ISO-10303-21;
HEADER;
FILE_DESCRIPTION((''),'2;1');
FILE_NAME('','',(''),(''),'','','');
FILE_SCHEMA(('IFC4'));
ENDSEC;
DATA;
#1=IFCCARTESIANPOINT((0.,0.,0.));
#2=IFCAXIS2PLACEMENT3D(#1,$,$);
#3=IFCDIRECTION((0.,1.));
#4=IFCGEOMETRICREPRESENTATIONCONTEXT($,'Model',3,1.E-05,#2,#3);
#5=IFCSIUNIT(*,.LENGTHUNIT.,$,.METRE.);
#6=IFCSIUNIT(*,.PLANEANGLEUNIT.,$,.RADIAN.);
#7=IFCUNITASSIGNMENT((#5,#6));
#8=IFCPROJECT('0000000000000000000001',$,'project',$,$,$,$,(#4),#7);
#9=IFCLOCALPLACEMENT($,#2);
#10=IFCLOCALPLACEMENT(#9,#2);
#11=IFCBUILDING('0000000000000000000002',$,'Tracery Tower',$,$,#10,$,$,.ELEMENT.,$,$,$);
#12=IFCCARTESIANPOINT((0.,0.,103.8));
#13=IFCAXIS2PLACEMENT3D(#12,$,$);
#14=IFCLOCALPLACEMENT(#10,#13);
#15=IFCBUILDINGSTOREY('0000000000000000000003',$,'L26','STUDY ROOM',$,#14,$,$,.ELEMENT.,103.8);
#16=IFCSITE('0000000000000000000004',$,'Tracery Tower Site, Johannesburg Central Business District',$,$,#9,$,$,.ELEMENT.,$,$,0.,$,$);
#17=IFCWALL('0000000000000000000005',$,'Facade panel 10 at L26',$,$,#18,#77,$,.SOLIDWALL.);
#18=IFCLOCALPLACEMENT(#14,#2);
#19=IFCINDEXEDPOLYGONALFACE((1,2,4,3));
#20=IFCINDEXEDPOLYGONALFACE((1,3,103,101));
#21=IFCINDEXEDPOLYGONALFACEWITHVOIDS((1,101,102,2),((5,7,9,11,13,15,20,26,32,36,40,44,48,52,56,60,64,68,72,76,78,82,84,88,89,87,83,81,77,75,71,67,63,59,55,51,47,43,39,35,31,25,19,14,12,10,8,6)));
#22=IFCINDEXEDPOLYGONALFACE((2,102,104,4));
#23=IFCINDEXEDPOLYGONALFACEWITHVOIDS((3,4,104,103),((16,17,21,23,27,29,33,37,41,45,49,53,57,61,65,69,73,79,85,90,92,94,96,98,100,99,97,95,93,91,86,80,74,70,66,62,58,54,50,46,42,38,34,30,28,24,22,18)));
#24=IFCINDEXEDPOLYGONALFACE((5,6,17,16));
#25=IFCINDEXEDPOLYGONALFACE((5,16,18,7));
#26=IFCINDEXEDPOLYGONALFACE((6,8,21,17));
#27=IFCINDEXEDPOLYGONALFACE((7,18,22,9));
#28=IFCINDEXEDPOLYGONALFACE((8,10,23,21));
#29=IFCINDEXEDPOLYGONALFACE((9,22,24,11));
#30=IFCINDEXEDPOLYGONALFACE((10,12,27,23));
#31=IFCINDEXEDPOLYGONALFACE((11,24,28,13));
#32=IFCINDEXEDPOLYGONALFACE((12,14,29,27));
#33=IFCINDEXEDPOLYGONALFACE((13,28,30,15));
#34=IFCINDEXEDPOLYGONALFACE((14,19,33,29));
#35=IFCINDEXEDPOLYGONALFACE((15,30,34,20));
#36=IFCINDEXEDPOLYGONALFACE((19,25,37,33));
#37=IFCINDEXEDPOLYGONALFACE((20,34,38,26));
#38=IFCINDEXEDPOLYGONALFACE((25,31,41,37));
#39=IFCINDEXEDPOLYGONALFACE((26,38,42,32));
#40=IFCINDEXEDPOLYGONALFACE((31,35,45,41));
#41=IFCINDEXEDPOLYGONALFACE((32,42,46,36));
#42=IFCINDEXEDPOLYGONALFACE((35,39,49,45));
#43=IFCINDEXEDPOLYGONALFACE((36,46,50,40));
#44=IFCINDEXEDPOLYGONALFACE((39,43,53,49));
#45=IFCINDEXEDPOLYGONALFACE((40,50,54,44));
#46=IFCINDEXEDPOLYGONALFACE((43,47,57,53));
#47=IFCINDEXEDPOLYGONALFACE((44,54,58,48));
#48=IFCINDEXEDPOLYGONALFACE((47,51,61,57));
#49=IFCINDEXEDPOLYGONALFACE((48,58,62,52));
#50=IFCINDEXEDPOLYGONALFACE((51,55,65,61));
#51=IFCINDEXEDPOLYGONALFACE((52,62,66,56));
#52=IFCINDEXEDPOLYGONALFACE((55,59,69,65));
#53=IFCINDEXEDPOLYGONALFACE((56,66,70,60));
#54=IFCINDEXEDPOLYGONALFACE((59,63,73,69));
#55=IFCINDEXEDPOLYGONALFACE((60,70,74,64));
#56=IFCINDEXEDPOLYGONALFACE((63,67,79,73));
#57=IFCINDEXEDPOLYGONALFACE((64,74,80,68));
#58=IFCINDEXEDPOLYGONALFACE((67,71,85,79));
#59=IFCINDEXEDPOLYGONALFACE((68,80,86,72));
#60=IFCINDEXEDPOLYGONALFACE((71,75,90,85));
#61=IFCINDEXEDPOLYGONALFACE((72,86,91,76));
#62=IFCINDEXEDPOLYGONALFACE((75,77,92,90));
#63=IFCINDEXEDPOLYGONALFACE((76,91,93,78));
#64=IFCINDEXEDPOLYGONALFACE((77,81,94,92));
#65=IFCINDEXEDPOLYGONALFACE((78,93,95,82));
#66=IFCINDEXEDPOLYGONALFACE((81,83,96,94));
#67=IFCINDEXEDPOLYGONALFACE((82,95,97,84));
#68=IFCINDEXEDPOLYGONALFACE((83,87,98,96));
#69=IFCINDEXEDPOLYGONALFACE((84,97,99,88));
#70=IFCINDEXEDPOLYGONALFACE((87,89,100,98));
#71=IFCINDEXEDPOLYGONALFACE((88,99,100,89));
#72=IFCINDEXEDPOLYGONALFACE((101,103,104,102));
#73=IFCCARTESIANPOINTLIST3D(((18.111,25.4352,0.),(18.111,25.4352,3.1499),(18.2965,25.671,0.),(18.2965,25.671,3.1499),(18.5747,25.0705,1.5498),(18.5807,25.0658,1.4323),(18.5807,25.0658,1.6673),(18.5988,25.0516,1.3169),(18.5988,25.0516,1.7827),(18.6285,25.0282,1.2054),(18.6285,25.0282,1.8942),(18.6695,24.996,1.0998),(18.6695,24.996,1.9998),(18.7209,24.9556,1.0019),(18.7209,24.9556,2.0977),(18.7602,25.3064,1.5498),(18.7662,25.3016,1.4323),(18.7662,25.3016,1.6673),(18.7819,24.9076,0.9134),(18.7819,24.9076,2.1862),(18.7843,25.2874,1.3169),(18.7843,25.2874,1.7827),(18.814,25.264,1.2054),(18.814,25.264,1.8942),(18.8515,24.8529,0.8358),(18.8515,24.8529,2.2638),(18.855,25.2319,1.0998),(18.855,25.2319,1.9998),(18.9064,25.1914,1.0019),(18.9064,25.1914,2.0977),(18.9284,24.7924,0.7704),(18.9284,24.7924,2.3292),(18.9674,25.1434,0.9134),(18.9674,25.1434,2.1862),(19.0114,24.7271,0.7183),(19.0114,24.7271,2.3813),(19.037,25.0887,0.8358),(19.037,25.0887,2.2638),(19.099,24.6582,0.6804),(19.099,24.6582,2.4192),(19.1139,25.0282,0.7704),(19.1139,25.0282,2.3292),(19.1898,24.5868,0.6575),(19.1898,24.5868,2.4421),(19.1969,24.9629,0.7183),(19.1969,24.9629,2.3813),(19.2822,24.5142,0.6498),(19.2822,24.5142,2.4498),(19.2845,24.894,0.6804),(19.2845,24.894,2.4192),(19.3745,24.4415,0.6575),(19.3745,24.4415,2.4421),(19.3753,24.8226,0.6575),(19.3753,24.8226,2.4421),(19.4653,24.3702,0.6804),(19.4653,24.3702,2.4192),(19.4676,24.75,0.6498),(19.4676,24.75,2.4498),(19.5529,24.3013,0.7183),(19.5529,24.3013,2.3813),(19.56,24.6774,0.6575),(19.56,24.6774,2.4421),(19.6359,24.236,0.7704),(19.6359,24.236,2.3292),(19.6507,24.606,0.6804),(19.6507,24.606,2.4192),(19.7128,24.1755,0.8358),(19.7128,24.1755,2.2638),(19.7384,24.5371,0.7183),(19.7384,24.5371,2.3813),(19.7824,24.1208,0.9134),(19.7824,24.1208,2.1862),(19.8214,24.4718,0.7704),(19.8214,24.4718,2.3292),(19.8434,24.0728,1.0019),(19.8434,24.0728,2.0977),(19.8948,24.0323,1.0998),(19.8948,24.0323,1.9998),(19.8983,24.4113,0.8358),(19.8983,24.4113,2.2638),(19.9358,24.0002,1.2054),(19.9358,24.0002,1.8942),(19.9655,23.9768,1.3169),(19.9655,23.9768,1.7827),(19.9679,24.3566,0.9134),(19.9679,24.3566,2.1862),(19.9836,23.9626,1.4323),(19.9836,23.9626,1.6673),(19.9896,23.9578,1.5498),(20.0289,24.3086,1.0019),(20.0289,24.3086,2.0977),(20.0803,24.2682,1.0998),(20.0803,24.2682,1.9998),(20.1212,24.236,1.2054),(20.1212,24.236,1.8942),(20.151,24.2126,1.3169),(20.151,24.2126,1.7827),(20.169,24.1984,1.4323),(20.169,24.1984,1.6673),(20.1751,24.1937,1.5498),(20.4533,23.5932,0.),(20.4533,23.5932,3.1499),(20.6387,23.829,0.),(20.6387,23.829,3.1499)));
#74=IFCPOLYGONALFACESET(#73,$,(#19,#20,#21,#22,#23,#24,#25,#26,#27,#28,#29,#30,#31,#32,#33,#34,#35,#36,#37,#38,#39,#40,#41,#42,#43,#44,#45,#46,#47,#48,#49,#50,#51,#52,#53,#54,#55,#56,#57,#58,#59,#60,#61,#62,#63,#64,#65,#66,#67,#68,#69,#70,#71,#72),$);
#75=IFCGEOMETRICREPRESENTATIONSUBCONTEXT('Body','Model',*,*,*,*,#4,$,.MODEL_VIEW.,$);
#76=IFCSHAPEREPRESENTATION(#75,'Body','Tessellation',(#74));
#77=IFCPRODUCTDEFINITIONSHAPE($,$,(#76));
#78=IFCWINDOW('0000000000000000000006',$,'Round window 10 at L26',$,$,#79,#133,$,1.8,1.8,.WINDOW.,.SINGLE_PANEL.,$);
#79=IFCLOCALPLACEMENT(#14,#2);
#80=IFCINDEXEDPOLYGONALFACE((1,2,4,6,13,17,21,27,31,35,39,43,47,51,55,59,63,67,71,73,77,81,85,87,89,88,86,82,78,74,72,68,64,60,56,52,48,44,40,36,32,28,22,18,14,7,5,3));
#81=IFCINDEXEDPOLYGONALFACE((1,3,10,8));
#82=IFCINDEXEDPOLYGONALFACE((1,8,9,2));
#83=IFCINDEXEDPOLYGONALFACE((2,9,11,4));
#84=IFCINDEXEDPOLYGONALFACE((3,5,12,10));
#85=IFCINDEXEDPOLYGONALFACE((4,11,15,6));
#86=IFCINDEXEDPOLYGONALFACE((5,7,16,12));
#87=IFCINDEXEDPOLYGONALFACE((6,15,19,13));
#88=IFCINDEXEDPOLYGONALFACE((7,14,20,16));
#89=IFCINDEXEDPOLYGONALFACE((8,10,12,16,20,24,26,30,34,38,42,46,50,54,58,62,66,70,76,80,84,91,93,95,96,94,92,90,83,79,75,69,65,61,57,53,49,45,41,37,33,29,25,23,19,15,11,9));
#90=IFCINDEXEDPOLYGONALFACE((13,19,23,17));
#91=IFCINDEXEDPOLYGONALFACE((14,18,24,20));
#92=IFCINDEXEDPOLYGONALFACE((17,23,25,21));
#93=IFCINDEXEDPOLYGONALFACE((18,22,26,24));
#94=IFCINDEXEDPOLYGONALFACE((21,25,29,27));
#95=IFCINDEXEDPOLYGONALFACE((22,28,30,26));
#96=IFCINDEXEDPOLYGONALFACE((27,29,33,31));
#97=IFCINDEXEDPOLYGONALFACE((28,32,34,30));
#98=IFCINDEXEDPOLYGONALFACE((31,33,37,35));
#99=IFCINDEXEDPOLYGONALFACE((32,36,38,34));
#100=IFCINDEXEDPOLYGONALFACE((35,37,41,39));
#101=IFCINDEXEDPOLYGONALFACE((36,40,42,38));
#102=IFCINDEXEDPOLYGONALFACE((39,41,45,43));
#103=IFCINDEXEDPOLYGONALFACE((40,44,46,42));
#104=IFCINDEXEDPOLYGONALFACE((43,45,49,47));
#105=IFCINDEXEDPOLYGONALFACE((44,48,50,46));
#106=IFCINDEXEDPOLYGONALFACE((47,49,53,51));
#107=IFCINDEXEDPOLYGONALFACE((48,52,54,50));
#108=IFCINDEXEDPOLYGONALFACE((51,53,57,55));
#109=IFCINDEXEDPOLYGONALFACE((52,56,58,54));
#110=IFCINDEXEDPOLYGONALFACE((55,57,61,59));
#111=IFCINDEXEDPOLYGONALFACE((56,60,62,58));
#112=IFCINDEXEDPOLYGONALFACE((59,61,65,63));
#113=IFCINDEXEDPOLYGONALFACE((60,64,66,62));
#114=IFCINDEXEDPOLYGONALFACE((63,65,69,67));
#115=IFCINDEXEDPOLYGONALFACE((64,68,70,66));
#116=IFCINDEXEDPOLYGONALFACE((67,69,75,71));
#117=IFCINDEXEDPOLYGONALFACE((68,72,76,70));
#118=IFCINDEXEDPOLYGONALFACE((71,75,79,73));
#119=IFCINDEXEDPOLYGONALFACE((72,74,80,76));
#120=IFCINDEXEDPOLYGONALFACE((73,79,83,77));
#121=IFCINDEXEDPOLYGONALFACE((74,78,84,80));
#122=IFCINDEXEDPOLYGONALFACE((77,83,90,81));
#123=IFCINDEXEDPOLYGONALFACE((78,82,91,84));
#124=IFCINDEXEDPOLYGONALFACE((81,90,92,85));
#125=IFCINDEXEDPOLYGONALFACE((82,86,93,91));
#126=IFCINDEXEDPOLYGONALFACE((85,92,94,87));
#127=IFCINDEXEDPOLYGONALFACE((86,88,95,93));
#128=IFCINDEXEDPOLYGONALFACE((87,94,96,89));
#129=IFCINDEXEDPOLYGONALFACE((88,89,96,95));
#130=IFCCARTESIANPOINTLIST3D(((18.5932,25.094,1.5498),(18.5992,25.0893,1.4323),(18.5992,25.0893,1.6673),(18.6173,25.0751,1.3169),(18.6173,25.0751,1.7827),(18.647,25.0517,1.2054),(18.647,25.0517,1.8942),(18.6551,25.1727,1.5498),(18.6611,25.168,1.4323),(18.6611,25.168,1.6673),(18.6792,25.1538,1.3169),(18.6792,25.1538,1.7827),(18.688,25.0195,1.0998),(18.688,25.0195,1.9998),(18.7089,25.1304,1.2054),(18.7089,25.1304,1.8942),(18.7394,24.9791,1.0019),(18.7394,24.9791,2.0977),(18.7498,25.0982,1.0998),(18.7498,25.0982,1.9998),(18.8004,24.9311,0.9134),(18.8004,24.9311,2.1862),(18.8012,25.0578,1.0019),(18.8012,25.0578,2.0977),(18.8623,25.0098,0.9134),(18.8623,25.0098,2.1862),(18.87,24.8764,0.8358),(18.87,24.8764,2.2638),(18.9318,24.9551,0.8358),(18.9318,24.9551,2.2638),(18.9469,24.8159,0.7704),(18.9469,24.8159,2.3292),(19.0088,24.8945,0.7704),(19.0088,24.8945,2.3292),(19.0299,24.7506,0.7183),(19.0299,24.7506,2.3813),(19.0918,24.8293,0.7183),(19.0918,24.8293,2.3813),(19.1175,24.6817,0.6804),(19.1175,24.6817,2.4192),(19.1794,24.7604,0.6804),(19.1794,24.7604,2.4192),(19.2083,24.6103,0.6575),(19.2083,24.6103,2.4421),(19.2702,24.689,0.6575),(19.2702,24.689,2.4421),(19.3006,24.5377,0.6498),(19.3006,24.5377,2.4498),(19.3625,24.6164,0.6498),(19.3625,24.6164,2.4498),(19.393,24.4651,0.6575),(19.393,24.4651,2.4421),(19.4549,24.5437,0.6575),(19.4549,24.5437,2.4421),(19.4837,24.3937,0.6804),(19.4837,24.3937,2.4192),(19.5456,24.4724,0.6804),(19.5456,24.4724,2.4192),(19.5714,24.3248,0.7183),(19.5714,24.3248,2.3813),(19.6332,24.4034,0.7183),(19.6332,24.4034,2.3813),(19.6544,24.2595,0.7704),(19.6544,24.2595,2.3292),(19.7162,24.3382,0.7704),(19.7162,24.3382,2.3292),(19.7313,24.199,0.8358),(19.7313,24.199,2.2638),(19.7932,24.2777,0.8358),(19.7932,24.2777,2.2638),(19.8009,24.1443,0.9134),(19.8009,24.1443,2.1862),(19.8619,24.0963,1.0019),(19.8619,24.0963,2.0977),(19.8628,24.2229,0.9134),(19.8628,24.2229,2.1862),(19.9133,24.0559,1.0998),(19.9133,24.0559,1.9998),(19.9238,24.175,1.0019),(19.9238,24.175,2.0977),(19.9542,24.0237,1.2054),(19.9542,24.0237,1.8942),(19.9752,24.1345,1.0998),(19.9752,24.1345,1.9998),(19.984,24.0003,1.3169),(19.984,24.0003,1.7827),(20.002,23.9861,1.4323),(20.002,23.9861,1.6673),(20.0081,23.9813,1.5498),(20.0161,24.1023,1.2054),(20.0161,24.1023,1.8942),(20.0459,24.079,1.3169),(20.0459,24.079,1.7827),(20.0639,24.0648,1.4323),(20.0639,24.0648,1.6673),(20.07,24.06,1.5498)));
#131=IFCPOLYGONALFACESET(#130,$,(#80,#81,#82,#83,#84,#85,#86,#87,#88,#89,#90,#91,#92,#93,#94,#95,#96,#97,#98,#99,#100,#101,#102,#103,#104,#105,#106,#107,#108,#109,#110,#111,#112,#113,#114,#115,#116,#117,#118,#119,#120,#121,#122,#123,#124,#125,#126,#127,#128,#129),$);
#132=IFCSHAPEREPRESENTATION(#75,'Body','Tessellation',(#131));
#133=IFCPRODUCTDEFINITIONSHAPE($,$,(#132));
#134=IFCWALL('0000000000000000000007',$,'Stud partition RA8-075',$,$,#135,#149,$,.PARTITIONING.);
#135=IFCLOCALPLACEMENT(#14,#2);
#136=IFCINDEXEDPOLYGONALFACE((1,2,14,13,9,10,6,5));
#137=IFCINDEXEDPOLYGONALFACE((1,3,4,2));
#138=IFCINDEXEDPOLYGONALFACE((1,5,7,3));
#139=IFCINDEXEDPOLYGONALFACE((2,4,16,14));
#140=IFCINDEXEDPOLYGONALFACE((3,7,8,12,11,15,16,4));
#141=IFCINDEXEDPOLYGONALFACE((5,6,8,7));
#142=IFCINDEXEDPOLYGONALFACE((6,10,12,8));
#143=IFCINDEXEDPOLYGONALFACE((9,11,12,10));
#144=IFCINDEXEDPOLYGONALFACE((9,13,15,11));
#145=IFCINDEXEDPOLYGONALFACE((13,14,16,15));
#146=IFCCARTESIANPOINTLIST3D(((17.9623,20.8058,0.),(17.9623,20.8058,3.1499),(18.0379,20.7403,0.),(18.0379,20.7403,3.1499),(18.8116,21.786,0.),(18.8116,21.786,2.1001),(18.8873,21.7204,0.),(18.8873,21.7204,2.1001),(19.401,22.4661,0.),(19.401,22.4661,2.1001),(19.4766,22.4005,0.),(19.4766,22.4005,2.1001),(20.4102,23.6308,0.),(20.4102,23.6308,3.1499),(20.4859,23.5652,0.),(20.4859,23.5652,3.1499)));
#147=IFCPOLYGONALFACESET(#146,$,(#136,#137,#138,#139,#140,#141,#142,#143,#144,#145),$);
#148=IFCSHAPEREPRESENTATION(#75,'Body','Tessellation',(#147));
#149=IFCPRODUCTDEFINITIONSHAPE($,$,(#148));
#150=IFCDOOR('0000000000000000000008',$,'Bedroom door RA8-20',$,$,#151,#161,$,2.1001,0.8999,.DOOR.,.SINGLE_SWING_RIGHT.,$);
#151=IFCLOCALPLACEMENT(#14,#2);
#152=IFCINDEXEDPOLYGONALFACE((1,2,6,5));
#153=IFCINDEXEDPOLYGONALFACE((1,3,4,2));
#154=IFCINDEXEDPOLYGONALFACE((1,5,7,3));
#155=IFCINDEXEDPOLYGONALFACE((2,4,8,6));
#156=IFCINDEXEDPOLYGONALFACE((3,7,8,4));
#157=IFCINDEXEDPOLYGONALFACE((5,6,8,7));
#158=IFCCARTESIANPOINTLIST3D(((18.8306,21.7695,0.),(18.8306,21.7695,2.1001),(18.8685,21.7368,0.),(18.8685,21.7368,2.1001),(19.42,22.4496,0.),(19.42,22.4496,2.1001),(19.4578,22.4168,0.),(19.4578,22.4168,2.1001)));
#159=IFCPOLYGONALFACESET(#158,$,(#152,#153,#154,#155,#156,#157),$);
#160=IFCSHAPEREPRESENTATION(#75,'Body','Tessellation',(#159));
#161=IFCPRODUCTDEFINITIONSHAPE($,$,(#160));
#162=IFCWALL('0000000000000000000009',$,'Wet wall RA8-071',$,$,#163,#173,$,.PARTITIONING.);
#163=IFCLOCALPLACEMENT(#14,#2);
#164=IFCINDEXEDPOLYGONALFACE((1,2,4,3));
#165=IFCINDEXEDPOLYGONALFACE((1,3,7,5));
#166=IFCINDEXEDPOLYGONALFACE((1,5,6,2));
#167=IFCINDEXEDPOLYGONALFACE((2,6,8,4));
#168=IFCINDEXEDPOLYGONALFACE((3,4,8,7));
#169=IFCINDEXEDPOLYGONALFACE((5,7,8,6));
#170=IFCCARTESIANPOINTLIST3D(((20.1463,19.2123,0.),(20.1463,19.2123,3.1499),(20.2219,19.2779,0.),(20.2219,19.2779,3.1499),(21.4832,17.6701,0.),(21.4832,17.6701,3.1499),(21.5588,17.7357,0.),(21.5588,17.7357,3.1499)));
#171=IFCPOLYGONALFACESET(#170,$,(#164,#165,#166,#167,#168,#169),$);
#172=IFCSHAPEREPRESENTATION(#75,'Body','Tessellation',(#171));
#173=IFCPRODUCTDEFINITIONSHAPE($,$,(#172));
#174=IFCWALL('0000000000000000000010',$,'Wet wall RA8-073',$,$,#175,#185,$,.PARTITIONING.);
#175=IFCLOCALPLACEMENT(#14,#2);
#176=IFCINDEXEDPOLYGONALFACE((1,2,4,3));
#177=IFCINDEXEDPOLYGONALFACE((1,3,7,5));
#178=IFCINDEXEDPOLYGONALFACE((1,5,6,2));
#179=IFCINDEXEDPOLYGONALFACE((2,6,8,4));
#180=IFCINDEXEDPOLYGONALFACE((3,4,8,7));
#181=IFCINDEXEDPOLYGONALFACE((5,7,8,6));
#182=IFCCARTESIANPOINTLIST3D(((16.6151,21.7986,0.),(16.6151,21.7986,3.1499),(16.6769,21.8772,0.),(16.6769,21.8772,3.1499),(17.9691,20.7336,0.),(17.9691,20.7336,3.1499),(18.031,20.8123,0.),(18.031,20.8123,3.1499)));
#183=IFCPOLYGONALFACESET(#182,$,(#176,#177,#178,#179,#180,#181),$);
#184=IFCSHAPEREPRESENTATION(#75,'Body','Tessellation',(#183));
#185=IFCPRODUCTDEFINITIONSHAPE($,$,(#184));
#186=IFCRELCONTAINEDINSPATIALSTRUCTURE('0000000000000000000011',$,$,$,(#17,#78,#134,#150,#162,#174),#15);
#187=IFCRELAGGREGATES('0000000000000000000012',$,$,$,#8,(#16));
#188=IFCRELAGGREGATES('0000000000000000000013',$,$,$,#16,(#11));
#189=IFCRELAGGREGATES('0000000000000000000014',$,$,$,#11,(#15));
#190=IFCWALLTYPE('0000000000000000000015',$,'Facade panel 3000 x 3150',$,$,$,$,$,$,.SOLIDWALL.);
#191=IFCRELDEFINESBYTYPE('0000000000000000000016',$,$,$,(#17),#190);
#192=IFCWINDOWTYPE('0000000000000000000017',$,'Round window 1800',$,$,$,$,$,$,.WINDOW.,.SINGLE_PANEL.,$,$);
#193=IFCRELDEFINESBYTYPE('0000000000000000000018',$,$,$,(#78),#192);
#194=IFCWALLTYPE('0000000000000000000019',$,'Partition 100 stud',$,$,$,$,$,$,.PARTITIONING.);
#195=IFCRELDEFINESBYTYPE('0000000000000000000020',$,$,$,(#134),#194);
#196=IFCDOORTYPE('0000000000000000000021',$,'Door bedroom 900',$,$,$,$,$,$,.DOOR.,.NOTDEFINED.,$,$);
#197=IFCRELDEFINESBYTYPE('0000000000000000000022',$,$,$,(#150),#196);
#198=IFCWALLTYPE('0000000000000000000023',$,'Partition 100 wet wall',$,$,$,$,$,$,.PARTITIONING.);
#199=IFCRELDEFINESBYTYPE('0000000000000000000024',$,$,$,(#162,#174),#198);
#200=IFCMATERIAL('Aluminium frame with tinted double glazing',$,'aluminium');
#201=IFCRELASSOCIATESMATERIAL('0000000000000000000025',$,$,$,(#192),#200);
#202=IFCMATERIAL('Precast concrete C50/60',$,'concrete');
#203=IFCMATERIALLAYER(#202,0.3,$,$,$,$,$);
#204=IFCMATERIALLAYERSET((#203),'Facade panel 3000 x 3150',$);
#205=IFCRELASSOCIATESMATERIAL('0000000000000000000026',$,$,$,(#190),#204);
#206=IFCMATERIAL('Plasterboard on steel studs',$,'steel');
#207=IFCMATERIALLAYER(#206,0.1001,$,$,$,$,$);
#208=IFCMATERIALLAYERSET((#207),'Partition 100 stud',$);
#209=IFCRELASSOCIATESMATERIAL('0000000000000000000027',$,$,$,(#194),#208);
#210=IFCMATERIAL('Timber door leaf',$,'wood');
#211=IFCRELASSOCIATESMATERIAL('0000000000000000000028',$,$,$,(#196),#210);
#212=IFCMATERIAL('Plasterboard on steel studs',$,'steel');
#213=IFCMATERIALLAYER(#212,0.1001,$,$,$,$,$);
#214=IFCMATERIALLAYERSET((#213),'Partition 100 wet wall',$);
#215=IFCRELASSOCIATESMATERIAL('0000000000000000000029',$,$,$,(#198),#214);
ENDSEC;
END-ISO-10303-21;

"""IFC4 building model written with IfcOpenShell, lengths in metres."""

from ifc_helpers import new_model, si_unit, direction, frame, frame_2d, origin, origin_2d, place, context, subcontext, project, spatial, rectangle, circle, extrude, material, layer, layer_set, type_object, element, fill, save


model = new_model("IFC4")

# Units and contexts
model_context = context("Model", 3, precision=1e-05, world=origin(), true_north=direction((0.0, 1.0)))
body_context = subcontext(model_context, "Body", "Model", "MODEL_VIEW")
ifc_project = project(units=[si_unit("LENGTHUNIT", "METRE"), si_unit("PLANEANGLEUNIT", "RADIAN")], contexts=[model_context])

# Site, building, storey
site_placement = place(None, origin())
site = spatial("IfcSite", under=ifc_project, at=site_placement, Name="Tracery Tower Site, Johannesburg Central Business District", CompositionType="ELEMENT", RefElevation=0.0)
building_placement = place(site_placement, origin())
building = spatial("IfcBuilding", under=site, at=building_placement, Name="Tracery Tower", CompositionType="ELEMENT")
storey_placement = place(building_placement, frame((0.0, 0.0, 103.8)))
storey = spatial("IfcBuildingStorey", under=building, at=storey_placement, Name="L26", Description="STUDY ROOM", CompositionType="ELEMENT", Elevation=103.8)

# Wall, opening, window
ifc_material_1 = material(Name="Aluminium frame with tinted double glazing", Category="aluminium")
window_type = type_object("IfcWindowType", Name="Round window 1800", PartitioningType="SINGLE_PANEL", PredefinedType="WINDOW", material=ifc_material_1)
ifc_material_2 = material(Name="Precast concrete C50/60", Category="concrete")
ifc_layer_1 = layer(ifc_material_2, 0.3)
ifc_layer_set_1 = layer_set([ifc_layer_1], Name="Facade panel 3000 x 3150")
wall_type_1 = type_object("IfcWallType", Name="Facade panel 3000 x 3150", PredefinedType="SOLIDWALL", material=ifc_layer_set_1)
wall_1_placement = place(storey_placement, frame((20.5459, 23.7112, 0.0), z_axis=(0.0, 0.0, 1.0), x_axis=(-0.786045, 0.618169, 0.0)))
wall_1 = element("IfcWall", 1, at=wall_1_placement, inside=storey, type_object=wall_type_1, Name="Facade panel 10 at L26", PredefinedType="SOLIDWALL", context=body_context, shape_type="SweptSolid", body=[
    extrude(rectangle(XDim=2.9797, YDim=0.3, at=frame_2d((1.4897, 0.0))), origin(), (0.0, 0.0, 1.0), 3.1499),
])
opening_1_placement = place(wall_1_placement, frame((1.4897, 0.0, 1.5498)))
opening_1 = element("IfcOpeningElement", 2, at=opening_1_placement, cuts=wall_1, PredefinedType="OPENING", context=body_context, shape_type="SweptSolid", body=[
    extrude(circle(Radius=0.9, at=origin_2d()), frame((0.0, 0.1599, 0.0), z_axis=(0.0, -1.0, 0.0), x_axis=(1.0, 0.0, 0.0)), (0.0, 0.0, 1.0), 0.3201),
])
window_1_placement = place(opening_1_placement, origin())
window_1 = element("IfcWindow", 3, at=window_1_placement, inside=storey, type_object=window_type, Name="Round window 10 at L26", OverallHeight=1.8, OverallWidth=1.8, PartitioningType="SINGLE_PANEL", PredefinedType="WINDOW", context=body_context, shape_type="SweptSolid", body=[
    extrude(circle(Radius=0.9, at=origin_2d()), frame((0.0, 0.1201, 0.0), z_axis=(0.0, -1.0, 0.0), x_axis=(1.0, 0.0, 0.0)), (0.0, 0.0, 1.0), 0.1001),
])
fill(opening_1, window_1)

# Wall, opening, door
ifc_material_3 = material(Name="Plasterboard on steel studs", Category="steel")
ifc_layer_2 = layer(ifc_material_3, 0.1001)
ifc_layer_set_2 = layer_set([ifc_layer_2], Name="Partition 100 stud")
wall_type_2 = type_object("IfcWallType", Name="Partition 100 stud", PredefinedType="PARTITIONING", material=ifc_layer_set_2)
wall_2_placement = place(storey_placement, frame((18.0, 20.7729, 0.0), z_axis=(0.0, 0.0, 1.0), x_axis=(0.654886, 0.755728, 0.0)))
wall_2 = element("IfcWall", 4, at=wall_2_placement, inside=storey, type_object=wall_type_2, Name="Stud partition RA8-075", PredefinedType="PARTITIONING", context=body_context, shape_type="SweptSolid", body=[
    extrude(rectangle(XDim=3.738, YDim=0.1001, at=frame_2d((1.8691, 0.0))), origin(), (0.0, 0.0, 1.0), 3.1499),
])
opening_2_placement = place(wall_2_placement, frame((1.2971, 0.0, 0.0)))
opening_2 = element("IfcOpeningElement", 5, at=opening_2_placement, cuts=wall_2, PredefinedType="OPENING", context=body_context, shape_type="SweptSolid", body=[
    extrude(rectangle(XDim=0.8999, YDim=2.1001, at=frame_2d((0.45, 1.05))), frame((0.0, 0.05, 0.0), z_axis=(0.0, -1.0, 0.0), x_axis=(1.0, 0.0, 0.0)), (0.0, 0.0, 1.0), 0.1001),
])
ifc_material_4 = material(Name="Timber door leaf", Category="wood")
door_type = type_object("IfcDoorType", Name="Door bedroom 900", OperationType="NOTDEFINED", PredefinedType="DOOR", material=ifc_material_4)
door_placement = place(opening_2_placement, origin())
door = element("IfcDoor", 6, at=door_placement, inside=storey, type_object=door_type, Name="Bedroom door RA8-20", OperationType="SINGLE_SWING_RIGHT", OverallHeight=2.1001, OverallWidth=0.8999, PredefinedType="DOOR", context=body_context, shape_type="SweptSolid", body=[
    extrude(rectangle(XDim=0.8999, YDim=2.1001, at=frame_2d((0.45, 1.05))), frame((0.0, 0.0249, 0.0), z_axis=(0.0, -1.0, 0.0), x_axis=(1.0, 0.0, 0.0)), (0.0, 0.0, 1.0), 0.05),
])
fill(opening_2, door)

# Walls
ifc_material_5 = material(Name="Plasterboard on steel studs", Category="steel")
ifc_layer_3 = layer(ifc_material_5, 0.1001)
ifc_layer_set_3 = layer_set([ifc_layer_3], Name="Partition 100 wet wall")
wall_type_3 = type_object("IfcWallType", Name="Partition 100 wet wall", PredefinedType="PARTITIONING", material=ifc_layer_set_3)
wall_3_placement = place(storey_placement, frame((20.1841, 19.2451, 0.0), z_axis=(0.0, 0.0, 1.0), x_axis=(0.655017, -0.755614, 0.0)))
element("IfcWall", 7, at=wall_3_placement, inside=storey, type_object=wall_type_3, Name="Wet wall RA8-071", PredefinedType="PARTITIONING", context=body_context, shape_type="SweptSolid", body=[
    extrude(rectangle(XDim=2.041, YDim=0.1001, at=frame_2d((1.0205, 0.0))), origin(), (0.0, 0.0, 1.0), 3.1499),
])
wall_4_placement = place(storey_placement, frame((16.646, 21.8379, 0.0), z_axis=(0.0, 0.0, 1.0), x_axis=(0.786013, -0.61821, 0.0)))
element("IfcWall", 8, at=wall_4_placement, inside=storey, type_object=wall_type_3, Name="Wet wall RA8-073", PredefinedType="PARTITIONING", context=body_context, shape_type="SweptSolid", body=[
    extrude(rectangle(XDim=1.7227, YDim=0.1001, at=frame_2d((0.8613, 0.0))), origin(), (0.0, 0.0, 1.0), 3.1499),
])

save(model, "model.ifc")
